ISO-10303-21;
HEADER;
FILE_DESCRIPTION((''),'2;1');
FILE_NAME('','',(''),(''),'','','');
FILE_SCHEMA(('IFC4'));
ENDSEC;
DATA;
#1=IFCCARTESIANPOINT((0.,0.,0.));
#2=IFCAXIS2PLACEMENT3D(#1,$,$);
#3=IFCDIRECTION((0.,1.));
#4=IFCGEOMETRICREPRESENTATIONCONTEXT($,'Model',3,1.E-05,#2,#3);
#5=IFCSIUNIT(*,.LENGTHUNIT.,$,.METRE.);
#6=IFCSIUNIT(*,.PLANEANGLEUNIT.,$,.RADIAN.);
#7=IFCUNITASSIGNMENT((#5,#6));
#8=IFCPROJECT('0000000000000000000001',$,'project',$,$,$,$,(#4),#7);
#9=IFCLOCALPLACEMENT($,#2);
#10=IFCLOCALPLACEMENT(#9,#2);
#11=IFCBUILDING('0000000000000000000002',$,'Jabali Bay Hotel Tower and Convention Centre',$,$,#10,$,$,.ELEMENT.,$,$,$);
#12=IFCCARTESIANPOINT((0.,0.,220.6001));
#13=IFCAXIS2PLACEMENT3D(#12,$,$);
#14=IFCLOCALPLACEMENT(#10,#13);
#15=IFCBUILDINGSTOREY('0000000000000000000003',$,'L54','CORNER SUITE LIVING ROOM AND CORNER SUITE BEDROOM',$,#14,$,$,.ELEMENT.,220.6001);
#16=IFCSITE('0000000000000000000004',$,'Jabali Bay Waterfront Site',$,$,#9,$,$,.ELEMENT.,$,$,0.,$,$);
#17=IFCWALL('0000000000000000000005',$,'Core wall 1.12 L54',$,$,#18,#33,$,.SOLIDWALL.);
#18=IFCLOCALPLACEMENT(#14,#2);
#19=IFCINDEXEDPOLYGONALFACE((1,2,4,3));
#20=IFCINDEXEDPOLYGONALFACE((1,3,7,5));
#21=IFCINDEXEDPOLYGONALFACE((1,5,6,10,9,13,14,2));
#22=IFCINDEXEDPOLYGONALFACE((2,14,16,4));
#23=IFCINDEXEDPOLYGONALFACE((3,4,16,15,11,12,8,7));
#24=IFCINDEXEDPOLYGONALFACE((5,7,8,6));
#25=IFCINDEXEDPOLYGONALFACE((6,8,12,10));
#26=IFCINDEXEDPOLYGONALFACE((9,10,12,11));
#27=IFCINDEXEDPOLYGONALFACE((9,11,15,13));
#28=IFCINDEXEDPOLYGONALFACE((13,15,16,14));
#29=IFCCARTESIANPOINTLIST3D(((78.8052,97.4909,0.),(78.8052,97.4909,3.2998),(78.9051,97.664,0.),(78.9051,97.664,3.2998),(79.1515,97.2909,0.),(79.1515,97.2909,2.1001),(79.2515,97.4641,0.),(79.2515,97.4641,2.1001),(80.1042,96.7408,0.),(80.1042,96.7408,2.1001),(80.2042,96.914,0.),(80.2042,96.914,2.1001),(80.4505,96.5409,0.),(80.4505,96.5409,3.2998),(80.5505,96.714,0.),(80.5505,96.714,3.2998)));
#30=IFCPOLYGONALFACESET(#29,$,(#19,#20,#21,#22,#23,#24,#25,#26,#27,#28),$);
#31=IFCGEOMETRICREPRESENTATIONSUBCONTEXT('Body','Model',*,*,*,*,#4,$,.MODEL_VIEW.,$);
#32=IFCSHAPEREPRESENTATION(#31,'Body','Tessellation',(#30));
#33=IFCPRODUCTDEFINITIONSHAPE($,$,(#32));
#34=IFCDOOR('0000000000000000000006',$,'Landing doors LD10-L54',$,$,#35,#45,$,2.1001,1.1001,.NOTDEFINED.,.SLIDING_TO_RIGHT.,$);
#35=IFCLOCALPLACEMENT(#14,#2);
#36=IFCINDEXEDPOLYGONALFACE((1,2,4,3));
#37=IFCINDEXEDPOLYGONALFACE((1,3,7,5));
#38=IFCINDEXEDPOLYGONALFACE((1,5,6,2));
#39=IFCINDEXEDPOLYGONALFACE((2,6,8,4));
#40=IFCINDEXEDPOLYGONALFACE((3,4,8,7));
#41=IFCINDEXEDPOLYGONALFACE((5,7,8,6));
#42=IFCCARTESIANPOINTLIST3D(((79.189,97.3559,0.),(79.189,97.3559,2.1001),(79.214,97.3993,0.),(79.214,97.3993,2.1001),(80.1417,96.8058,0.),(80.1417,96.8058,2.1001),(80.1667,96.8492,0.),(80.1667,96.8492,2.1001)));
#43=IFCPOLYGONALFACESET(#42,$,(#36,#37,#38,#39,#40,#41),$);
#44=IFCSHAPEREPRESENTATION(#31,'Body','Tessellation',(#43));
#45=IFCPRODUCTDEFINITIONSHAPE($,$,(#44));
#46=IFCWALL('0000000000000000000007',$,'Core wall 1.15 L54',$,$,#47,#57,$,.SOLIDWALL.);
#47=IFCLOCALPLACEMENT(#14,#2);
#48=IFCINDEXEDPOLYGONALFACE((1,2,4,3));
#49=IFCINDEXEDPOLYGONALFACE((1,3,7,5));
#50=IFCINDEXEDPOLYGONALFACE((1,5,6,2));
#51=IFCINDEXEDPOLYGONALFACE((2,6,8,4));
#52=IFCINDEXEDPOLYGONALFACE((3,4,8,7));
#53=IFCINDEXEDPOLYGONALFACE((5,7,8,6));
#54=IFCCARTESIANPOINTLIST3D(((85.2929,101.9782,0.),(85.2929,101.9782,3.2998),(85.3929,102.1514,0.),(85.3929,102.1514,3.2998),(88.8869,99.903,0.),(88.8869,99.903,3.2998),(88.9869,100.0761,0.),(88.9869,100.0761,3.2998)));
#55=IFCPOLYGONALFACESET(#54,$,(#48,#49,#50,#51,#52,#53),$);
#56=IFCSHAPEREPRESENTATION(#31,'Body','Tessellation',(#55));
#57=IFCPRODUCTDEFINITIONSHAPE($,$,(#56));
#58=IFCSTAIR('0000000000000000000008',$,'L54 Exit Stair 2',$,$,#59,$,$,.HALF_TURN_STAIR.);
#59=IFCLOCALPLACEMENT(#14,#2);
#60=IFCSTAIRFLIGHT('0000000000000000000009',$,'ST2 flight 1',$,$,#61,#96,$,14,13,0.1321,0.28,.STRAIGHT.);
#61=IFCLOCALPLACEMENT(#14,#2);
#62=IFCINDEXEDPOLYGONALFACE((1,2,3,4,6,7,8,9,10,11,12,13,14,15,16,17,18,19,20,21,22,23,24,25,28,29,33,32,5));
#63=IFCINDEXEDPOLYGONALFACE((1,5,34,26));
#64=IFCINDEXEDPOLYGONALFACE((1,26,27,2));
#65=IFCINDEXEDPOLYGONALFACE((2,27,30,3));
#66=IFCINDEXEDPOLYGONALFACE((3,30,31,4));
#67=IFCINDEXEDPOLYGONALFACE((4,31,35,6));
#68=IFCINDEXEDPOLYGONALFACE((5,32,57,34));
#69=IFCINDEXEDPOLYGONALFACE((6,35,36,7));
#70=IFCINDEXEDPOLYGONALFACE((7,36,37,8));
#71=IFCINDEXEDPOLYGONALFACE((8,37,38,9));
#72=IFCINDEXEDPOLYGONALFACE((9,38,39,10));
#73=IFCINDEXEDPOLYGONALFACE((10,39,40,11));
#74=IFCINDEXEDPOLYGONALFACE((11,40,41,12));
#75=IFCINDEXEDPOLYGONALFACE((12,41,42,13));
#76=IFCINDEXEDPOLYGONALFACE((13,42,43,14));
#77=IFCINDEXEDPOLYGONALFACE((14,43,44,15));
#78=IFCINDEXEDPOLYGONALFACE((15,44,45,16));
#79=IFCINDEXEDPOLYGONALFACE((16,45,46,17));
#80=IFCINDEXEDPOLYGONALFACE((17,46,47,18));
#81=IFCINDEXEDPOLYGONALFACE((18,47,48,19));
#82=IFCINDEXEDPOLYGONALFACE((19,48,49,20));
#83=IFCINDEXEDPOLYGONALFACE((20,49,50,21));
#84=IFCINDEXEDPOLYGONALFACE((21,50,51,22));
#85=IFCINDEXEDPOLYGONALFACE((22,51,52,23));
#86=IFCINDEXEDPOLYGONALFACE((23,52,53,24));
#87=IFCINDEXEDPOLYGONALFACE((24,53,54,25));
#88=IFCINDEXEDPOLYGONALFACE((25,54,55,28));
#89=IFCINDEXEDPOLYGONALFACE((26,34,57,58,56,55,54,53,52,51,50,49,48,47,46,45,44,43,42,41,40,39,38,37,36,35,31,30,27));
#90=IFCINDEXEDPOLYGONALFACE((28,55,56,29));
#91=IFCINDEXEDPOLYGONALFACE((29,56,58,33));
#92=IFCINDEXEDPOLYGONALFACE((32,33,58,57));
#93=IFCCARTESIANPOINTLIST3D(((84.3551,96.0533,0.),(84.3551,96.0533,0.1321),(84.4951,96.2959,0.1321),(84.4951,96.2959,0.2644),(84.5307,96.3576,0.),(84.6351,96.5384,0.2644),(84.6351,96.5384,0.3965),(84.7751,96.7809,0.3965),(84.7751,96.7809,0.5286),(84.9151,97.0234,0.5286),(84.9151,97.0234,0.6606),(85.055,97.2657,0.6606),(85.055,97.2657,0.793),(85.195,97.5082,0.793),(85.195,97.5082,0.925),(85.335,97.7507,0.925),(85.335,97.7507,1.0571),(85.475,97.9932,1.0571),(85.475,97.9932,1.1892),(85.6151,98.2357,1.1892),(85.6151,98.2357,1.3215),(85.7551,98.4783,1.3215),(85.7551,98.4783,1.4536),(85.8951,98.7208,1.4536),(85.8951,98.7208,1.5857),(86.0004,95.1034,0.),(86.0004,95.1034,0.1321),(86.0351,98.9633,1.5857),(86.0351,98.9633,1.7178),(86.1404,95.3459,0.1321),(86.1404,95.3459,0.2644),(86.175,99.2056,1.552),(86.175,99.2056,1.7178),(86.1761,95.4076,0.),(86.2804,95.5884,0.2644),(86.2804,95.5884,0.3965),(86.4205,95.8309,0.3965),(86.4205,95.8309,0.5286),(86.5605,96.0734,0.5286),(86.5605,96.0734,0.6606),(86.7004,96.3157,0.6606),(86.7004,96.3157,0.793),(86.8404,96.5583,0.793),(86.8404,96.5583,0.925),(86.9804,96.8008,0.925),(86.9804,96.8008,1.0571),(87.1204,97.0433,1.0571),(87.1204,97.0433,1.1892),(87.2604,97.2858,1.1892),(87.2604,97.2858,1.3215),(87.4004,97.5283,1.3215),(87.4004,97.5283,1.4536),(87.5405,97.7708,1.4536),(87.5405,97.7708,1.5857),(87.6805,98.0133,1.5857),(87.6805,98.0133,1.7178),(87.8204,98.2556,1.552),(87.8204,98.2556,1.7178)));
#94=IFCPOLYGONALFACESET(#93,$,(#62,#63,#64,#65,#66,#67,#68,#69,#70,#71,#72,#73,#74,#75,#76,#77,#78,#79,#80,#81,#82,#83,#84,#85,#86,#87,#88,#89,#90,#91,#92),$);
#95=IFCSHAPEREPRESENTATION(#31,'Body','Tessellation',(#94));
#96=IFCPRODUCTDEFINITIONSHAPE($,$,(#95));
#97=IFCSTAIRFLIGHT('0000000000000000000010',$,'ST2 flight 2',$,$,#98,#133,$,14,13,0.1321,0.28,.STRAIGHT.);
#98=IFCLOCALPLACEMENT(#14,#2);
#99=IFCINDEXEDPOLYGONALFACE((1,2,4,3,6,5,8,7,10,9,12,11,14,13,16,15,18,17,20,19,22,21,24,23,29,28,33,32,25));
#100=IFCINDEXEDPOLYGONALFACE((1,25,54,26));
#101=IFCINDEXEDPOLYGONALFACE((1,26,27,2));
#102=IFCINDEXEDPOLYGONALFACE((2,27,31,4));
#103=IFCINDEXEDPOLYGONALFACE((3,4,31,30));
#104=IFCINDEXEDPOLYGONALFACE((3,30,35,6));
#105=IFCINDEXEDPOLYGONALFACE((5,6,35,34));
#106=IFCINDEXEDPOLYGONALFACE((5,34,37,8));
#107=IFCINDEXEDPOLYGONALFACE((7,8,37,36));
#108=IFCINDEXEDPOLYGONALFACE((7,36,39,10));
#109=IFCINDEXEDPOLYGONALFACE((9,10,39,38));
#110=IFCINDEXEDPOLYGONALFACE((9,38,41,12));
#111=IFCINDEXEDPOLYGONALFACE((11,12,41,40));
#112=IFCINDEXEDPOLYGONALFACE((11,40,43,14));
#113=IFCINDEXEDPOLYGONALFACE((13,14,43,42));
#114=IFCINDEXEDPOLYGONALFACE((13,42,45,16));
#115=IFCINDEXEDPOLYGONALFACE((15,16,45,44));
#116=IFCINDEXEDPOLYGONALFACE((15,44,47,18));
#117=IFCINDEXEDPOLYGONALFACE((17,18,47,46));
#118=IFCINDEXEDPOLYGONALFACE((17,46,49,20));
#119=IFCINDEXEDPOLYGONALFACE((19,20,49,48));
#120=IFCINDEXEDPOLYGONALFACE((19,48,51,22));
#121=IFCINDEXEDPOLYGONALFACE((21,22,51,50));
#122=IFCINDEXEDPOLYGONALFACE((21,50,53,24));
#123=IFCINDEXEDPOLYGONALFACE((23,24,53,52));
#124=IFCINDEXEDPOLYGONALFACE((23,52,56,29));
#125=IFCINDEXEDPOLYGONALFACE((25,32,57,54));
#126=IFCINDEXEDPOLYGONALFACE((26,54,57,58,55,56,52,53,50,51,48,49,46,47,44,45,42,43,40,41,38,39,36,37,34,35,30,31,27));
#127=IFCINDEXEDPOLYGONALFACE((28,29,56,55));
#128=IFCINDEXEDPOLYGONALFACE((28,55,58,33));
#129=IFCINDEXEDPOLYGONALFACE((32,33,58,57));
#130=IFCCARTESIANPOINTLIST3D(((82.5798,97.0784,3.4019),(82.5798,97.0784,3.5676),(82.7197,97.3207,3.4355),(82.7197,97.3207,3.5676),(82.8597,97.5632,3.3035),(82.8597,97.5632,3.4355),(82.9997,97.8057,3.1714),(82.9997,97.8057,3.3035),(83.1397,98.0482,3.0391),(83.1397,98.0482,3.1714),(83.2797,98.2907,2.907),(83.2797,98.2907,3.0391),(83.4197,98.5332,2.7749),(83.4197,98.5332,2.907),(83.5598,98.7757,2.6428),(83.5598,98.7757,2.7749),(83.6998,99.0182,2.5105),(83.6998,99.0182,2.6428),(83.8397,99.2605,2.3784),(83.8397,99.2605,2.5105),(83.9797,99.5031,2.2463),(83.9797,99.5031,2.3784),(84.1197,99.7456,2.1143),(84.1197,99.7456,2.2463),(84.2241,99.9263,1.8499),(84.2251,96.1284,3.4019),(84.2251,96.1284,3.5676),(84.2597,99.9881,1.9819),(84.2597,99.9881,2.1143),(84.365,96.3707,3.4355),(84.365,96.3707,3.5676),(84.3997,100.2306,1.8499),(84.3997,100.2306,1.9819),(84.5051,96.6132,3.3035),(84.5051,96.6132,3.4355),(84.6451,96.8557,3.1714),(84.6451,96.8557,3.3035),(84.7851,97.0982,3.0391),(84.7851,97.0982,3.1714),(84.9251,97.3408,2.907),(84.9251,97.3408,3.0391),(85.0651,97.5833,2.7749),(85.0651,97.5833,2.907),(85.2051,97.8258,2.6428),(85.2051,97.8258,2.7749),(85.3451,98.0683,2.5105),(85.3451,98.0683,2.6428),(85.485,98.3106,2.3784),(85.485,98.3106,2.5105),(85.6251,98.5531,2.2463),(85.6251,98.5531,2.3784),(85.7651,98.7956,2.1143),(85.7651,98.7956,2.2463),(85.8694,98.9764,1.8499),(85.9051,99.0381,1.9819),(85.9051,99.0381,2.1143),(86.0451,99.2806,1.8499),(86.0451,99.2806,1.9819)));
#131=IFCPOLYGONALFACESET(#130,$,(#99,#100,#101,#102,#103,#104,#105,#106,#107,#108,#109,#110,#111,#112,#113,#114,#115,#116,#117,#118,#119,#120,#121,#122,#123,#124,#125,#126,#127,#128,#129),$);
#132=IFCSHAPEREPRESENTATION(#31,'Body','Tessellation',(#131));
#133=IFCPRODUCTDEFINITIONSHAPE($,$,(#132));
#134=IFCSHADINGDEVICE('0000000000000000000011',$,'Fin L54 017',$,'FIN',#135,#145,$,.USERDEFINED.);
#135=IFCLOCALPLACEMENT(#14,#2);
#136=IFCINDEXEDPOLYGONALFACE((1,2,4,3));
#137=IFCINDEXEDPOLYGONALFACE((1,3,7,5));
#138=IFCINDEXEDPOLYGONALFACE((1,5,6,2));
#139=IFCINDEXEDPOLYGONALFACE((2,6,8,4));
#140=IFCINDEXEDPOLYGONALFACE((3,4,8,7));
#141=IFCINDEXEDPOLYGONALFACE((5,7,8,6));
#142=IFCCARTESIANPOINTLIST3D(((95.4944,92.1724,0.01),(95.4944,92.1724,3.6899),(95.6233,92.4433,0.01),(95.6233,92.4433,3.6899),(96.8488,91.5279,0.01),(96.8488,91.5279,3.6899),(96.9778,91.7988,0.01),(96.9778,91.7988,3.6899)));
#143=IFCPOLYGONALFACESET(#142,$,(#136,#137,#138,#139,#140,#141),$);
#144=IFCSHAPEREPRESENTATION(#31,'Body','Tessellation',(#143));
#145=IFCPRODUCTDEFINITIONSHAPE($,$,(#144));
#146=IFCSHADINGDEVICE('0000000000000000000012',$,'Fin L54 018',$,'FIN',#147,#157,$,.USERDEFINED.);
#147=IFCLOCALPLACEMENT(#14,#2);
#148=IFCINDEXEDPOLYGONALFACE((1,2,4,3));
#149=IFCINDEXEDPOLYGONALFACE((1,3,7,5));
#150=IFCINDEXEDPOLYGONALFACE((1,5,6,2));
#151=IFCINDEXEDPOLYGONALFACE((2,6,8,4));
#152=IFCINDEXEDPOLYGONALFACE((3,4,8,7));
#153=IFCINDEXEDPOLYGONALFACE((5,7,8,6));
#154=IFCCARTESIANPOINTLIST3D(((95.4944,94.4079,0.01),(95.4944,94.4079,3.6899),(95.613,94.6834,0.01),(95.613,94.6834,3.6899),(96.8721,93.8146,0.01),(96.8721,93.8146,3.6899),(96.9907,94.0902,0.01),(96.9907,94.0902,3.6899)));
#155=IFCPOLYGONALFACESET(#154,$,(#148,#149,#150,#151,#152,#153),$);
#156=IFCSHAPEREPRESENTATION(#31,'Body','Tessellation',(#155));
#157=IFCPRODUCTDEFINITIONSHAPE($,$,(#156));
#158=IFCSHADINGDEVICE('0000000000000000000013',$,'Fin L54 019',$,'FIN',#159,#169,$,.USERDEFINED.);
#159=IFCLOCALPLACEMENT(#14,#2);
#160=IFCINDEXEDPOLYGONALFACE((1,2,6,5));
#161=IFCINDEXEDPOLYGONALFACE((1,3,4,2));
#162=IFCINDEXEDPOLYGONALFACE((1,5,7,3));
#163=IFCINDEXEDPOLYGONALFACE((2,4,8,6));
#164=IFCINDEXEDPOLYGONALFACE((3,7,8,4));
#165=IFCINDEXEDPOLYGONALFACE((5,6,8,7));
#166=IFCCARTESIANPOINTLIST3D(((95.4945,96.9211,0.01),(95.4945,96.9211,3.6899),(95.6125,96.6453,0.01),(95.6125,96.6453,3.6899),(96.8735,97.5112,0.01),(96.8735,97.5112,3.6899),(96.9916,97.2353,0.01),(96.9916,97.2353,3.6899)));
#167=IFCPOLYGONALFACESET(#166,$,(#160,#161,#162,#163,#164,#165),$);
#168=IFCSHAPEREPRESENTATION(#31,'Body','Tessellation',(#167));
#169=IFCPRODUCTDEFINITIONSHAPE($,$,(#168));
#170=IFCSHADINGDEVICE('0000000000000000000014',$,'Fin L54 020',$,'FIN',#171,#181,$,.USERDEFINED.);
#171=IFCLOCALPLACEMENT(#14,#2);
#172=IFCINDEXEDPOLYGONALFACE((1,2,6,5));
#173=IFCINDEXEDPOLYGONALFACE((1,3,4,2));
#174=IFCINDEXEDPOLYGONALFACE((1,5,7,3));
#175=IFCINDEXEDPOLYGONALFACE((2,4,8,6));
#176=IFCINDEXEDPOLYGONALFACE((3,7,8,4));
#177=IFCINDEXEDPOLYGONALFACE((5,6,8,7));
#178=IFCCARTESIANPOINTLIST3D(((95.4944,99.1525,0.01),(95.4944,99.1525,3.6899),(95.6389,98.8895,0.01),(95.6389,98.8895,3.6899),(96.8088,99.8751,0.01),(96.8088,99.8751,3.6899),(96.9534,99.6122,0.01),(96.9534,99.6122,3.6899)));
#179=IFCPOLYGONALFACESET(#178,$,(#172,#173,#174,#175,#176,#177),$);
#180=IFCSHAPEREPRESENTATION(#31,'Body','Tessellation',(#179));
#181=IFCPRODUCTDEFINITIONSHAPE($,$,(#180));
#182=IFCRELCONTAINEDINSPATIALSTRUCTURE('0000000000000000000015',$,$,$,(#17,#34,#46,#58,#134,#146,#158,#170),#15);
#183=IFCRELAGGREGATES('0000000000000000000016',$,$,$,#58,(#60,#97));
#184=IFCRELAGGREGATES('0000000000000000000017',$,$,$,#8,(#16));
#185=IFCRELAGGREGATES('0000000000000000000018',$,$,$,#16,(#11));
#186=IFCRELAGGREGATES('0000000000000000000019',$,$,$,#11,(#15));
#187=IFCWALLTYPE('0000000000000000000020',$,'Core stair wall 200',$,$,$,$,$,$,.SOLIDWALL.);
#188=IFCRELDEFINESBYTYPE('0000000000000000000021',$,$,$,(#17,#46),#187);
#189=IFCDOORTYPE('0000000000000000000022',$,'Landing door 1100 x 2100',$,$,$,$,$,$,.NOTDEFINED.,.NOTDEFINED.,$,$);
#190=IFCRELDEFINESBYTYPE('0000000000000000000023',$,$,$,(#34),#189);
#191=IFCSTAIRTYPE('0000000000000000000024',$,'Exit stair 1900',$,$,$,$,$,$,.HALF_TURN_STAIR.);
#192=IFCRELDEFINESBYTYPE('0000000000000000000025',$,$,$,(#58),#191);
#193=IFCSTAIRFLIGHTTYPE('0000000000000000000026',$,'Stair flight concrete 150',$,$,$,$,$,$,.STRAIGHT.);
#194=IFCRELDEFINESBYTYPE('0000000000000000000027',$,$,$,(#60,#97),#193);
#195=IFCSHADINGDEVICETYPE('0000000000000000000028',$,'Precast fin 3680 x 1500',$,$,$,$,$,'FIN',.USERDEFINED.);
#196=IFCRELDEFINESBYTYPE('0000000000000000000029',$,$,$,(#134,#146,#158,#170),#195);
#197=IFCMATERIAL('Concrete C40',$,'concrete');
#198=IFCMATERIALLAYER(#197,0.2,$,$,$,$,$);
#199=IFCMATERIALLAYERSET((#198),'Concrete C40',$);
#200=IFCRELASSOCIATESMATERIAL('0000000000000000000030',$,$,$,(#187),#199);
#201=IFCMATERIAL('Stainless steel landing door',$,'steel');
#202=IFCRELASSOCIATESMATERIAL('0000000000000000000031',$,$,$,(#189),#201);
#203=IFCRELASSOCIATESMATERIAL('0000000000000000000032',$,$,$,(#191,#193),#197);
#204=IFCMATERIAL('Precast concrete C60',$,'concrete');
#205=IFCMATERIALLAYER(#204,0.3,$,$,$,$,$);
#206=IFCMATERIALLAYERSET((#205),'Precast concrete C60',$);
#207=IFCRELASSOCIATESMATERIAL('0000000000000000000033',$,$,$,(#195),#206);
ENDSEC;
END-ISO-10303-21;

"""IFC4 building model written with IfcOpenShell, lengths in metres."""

from ifc_helpers import new_model, si_unit, direction, frame, frame_2d, origin, place, context, subcontext, project, spatial, polyline, rectangle, outline, extrude, material, layer, layer_set, type_object, element, fill, aggregate, save


model = new_model("IFC4")

# Units and contexts
model_context = context("Model", 3, precision=1e-05, world=origin(), true_north=direction((0.0, 1.0)))
body_context = subcontext(model_context, "Body", "Model", "MODEL_VIEW")
ifc_project = project(units=[si_unit("LENGTHUNIT", "METRE"), si_unit("PLANEANGLEUNIT", "RADIAN")], contexts=[model_context])

# Site, building, storey
site_placement = place(None, origin())
site = spatial("IfcSite", under=ifc_project, at=site_placement, Name="Jabali Bay Waterfront Site", CompositionType="ELEMENT", RefElevation=0.0)
building_placement = place(site_placement, origin())
building = spatial("IfcBuilding", under=site, at=building_placement, Name="Jabali Bay Hotel Tower and Convention Centre", CompositionType="ELEMENT")
storey_placement = place(building_placement, frame((0.0, 0.0, 220.6001)))
storey = spatial("IfcBuildingStorey", under=building, at=storey_placement, Name="L54", Description="CORNER SUITE LIVING ROOM AND CORNER SUITE BEDROOM", CompositionType="ELEMENT", Elevation=220.6001)

# Shared definitions
ifc_material_1 = material(Name="Concrete C40", Category="concrete")

# Shared definitions
ifc_layer_1 = layer(ifc_material_1, 0.2)
ifc_layer_set_1 = layer_set([ifc_layer_1], Name="Concrete C40")
wall_type_1 = type_object("IfcWallType", Name="Core stair wall 200", PredefinedType="SOLIDWALL", material=ifc_layer_set_1)

# Wall, opening, door
wall_1_placement = place(storey_placement, frame((80.5005, 96.6274, 0.0), z_axis=(0.0, 0.0, 1.0), x_axis=(-0.866012, 0.500023, 0.0)))
wall_1 = element("IfcWall", 1, at=wall_1_placement, inside=storey, type_object=wall_type_1, Name="Core wall 1.12 L54", PredefinedType="SOLIDWALL", context=body_context, shape_type="SweptSolid", body=[
    extrude(rectangle(XDim=1.8999, YDim=0.2, at=frame_2d((0.95, 0.0))), origin(), (0.0, 0.0, 1.0), 3.2998),
])
opening_1_placement = place(wall_1_placement, frame((0.3999, 0.0, 0.0)))
opening_1 = element("IfcOpeningElement", 2, at=opening_1_placement, cuts=wall_1, PredefinedType="OPENING", context=body_context, shape_type="SweptSolid", body=[
    extrude(rectangle(XDim=1.1001, YDim=2.1001, at=frame_2d((0.55, 1.05))), frame((0.0, 0.1104, 0.0), z_axis=(0.0, -1.0, 0.0), x_axis=(1.0, 0.0, 0.0)), (0.0, 0.0, 1.0), 0.2209),
])
ifc_material_2 = material(Name="Stainless steel landing door", Category="steel")
door_type_1 = type_object("IfcDoorType", Name="Landing door 1100 x 2100", OperationType="NOTDEFINED", PredefinedType="NOTDEFINED", material=ifc_material_2)
door_1_placement = place(opening_1_placement, origin())
door_1 = element("IfcDoor", 3, at=door_1_placement, inside=storey, type_object=door_type_1, Name="Landing doors LD10-L54", OperationType="SLIDING_TO_RIGHT", OverallHeight=2.1001, OverallWidth=1.1001, PredefinedType="NOTDEFINED", context=body_context, shape_type="SweptSolid", body=[
    extrude(rectangle(XDim=1.1001, YDim=2.1001, at=frame_2d((0.55, 1.05))), frame((0.0, 0.0249, 0.0), z_axis=(0.0, -1.0, 0.0), x_axis=(1.0, 0.0, 0.0)), (0.0, 0.0, 1.0), 0.05),
])
fill(opening_1, door_1)

# Wall
wall_2_placement = place(storey_placement, frame((88.937, 99.9895, 0.0), z_axis=(0.0, 0.0, 1.0), x_axis=(-0.866004, 0.500036, 0.0)))
element("IfcWall", 4, at=wall_2_placement, inside=storey, type_object=wall_type_1, Name="Core wall 1.15 L54", PredefinedType="SOLIDWALL", context=body_context, shape_type="SweptSolid", body=[
    extrude(rectangle(XDim=4.1501, YDim=0.2, at=frame_2d((2.0752, 0.0))), origin(), (0.0, 0.0, 1.0), 3.2998),
])

# Stair, stair flights
stair_type = type_object("IfcStairType", Name="Exit stair 1900", PredefinedType="HALF_TURN_STAIR", material=ifc_material_1)
stair_placement = place(storey_placement, origin())
stair = element("IfcStair", 5, at=stair_placement, inside=storey, type_object=stair_type, Name="L54 Exit Stair 2", PredefinedType="HALF_TURN_STAIR")
stair_flight_type = type_object("IfcStairFlightType", Name="Stair flight concrete 150", PredefinedType="STRAIGHT", material=ifc_material_1)
stair_flight_1_placement = place(storey_placement, frame((85.1777, 95.5784, 0.0), z_axis=(0.0, 0.0, 1.0), x_axis=(0.5, 0.866025, 0.0)))
stair_flight_1 = element("IfcStairFlight", 6, at=stair_flight_1_placement, type_object=stair_flight_type, Name="ST2 flight 1", NumberOfRisers=14, NumberOfTreads=13, PredefinedType="STRAIGHT", RiserHeight=0.1321, TreadLength=0.28, context=body_context, shape_type="SweptSolid", body=[
    extrude(outline(polyline([(0.0, 0.0), (0.0, 0.1321), (0.28, 0.1321), (0.28, 0.2644), (0.5601, 0.2644), (0.5601, 0.3965), (0.8401, 0.3965), (0.8401, 0.5286), (1.1201, 0.5286), (1.1201, 0.6606), (1.3999, 0.6606), (1.3999, 0.793), (1.6799, 0.793), (1.6799, 0.925), (1.96, 0.925), (1.96, 1.0571), (2.24, 1.0571), (2.24, 1.1892), (2.52, 1.1892), (2.52, 1.3215), (2.8, 1.3215), (2.8, 1.4536), (3.0801, 1.4536), (3.0801, 1.5857), (3.3601, 1.5857), (3.3601, 1.7178), (3.6399, 1.7178), (3.6399, 1.8501), (3.6399, 1.552), (0.3513, 0.0), (0.0, 0.0)])), frame((0.0, 0.95, 0.0), z_axis=(0.0, -1.0, 0.0), x_axis=(1.0, 0.0, 0.0)), (0.0, 0.0, 1.0), 1.8999),
])
stair_flight_2_placement = place(storey_placement, frame((85.2224, 99.7556, 1.8499), z_axis=(0.0, 0.0, 1.0), x_axis=(-0.5, -0.866025, 0.0)))
stair_flight_2 = element("IfcStairFlight", 7, at=stair_flight_2_placement, type_object=stair_flight_type, Name="ST2 flight 2", NumberOfRisers=14, NumberOfTreads=13, PredefinedType="STRAIGHT", RiserHeight=0.1321, TreadLength=0.28, context=body_context, shape_type="SweptSolid", body=[
    extrude(outline(polyline([(0.0, 0.0), (0.0, 0.1321), (0.28, 0.1321), (0.28, 0.2644), (0.5601, 0.2644), (0.5601, 0.3965), (0.8401, 0.3965), (0.8401, 0.5286), (1.1201, 0.5286), (1.1201, 0.6606), (1.3999, 0.6606), (1.3999, 0.793), (1.6799, 0.793), (1.6799, 0.925), (1.96, 0.925), (1.96, 1.0571), (2.24, 1.0571), (2.24, 1.1892), (2.52, 1.1892), (2.52, 1.3215), (2.8, 1.3215), (2.8, 1.4536), (3.0801, 1.4536), (3.0801, 1.5857), (3.3601, 1.5857), (3.3601, 1.7178), (3.6399, 1.7178), (3.6399, 1.8501), (3.6399, 1.552), (0.3513, 0.0), (0.0, 0.0)])), frame((0.0, 0.95, 0.0), z_axis=(0.0, -1.0, 0.0), x_axis=(1.0, 0.0, 0.0)), (0.0, 0.0, 1.0), 1.8999),
])
aggregate(stair, [stair_flight_1, stair_flight_2])

# Shading devices
ifc_material_3 = material(Name="Precast concrete C60", Category="concrete")
ifc_layer_2 = layer(ifc_material_3, 0.3)
ifc_layer_set_2 = layer_set([ifc_layer_2], Name="Precast concrete C60")
shading_device_type = type_object("IfcShadingDeviceType", Name="Precast fin 3680 x 1500", ElementType="FIN", PredefinedType="USERDEFINED", material=ifc_layer_set_2)
for number, where, z_axis, x_axis, name in (
    (8, (95.5588, 92.3079, 0.01), (0.0, 0.0, 1.0), (0.902981, -0.429681, 0.0), "Fin L54 017"),
    (9, (95.5537, 94.5457, 0.01), (0.0, 0.0, 1.0), (0.918462, -0.39551, 0.0), "Fin L54 018"),
    (10, (95.5535, 96.7832, 0.01), (0.0, 0.0, 1.0), (0.919381, 0.393369, 0.0), "Fin L54 019"),
    (11, (95.5667, 99.021, 0.01), (0.0, 0.0, 1.0), (0.876298, 0.481769, 0.0), "Fin L54 020"),
):
    element("IfcShadingDevice", number, at=place(storey_placement, frame(where, z_axis=z_axis, x_axis=x_axis)), inside=storey, type_object=shading_device_type, Name=name, ObjectType="FIN", PredefinedType="USERDEFINED", context=body_context, shape_type="SweptSolid", body=[
        extrude(rectangle(XDim=1.5, YDim=0.3, at=frame_2d((0.75, 0.0))), origin(), (0.0, 0.0, 1.0), 3.6799),
    ])

save(model, "model.ifc")
